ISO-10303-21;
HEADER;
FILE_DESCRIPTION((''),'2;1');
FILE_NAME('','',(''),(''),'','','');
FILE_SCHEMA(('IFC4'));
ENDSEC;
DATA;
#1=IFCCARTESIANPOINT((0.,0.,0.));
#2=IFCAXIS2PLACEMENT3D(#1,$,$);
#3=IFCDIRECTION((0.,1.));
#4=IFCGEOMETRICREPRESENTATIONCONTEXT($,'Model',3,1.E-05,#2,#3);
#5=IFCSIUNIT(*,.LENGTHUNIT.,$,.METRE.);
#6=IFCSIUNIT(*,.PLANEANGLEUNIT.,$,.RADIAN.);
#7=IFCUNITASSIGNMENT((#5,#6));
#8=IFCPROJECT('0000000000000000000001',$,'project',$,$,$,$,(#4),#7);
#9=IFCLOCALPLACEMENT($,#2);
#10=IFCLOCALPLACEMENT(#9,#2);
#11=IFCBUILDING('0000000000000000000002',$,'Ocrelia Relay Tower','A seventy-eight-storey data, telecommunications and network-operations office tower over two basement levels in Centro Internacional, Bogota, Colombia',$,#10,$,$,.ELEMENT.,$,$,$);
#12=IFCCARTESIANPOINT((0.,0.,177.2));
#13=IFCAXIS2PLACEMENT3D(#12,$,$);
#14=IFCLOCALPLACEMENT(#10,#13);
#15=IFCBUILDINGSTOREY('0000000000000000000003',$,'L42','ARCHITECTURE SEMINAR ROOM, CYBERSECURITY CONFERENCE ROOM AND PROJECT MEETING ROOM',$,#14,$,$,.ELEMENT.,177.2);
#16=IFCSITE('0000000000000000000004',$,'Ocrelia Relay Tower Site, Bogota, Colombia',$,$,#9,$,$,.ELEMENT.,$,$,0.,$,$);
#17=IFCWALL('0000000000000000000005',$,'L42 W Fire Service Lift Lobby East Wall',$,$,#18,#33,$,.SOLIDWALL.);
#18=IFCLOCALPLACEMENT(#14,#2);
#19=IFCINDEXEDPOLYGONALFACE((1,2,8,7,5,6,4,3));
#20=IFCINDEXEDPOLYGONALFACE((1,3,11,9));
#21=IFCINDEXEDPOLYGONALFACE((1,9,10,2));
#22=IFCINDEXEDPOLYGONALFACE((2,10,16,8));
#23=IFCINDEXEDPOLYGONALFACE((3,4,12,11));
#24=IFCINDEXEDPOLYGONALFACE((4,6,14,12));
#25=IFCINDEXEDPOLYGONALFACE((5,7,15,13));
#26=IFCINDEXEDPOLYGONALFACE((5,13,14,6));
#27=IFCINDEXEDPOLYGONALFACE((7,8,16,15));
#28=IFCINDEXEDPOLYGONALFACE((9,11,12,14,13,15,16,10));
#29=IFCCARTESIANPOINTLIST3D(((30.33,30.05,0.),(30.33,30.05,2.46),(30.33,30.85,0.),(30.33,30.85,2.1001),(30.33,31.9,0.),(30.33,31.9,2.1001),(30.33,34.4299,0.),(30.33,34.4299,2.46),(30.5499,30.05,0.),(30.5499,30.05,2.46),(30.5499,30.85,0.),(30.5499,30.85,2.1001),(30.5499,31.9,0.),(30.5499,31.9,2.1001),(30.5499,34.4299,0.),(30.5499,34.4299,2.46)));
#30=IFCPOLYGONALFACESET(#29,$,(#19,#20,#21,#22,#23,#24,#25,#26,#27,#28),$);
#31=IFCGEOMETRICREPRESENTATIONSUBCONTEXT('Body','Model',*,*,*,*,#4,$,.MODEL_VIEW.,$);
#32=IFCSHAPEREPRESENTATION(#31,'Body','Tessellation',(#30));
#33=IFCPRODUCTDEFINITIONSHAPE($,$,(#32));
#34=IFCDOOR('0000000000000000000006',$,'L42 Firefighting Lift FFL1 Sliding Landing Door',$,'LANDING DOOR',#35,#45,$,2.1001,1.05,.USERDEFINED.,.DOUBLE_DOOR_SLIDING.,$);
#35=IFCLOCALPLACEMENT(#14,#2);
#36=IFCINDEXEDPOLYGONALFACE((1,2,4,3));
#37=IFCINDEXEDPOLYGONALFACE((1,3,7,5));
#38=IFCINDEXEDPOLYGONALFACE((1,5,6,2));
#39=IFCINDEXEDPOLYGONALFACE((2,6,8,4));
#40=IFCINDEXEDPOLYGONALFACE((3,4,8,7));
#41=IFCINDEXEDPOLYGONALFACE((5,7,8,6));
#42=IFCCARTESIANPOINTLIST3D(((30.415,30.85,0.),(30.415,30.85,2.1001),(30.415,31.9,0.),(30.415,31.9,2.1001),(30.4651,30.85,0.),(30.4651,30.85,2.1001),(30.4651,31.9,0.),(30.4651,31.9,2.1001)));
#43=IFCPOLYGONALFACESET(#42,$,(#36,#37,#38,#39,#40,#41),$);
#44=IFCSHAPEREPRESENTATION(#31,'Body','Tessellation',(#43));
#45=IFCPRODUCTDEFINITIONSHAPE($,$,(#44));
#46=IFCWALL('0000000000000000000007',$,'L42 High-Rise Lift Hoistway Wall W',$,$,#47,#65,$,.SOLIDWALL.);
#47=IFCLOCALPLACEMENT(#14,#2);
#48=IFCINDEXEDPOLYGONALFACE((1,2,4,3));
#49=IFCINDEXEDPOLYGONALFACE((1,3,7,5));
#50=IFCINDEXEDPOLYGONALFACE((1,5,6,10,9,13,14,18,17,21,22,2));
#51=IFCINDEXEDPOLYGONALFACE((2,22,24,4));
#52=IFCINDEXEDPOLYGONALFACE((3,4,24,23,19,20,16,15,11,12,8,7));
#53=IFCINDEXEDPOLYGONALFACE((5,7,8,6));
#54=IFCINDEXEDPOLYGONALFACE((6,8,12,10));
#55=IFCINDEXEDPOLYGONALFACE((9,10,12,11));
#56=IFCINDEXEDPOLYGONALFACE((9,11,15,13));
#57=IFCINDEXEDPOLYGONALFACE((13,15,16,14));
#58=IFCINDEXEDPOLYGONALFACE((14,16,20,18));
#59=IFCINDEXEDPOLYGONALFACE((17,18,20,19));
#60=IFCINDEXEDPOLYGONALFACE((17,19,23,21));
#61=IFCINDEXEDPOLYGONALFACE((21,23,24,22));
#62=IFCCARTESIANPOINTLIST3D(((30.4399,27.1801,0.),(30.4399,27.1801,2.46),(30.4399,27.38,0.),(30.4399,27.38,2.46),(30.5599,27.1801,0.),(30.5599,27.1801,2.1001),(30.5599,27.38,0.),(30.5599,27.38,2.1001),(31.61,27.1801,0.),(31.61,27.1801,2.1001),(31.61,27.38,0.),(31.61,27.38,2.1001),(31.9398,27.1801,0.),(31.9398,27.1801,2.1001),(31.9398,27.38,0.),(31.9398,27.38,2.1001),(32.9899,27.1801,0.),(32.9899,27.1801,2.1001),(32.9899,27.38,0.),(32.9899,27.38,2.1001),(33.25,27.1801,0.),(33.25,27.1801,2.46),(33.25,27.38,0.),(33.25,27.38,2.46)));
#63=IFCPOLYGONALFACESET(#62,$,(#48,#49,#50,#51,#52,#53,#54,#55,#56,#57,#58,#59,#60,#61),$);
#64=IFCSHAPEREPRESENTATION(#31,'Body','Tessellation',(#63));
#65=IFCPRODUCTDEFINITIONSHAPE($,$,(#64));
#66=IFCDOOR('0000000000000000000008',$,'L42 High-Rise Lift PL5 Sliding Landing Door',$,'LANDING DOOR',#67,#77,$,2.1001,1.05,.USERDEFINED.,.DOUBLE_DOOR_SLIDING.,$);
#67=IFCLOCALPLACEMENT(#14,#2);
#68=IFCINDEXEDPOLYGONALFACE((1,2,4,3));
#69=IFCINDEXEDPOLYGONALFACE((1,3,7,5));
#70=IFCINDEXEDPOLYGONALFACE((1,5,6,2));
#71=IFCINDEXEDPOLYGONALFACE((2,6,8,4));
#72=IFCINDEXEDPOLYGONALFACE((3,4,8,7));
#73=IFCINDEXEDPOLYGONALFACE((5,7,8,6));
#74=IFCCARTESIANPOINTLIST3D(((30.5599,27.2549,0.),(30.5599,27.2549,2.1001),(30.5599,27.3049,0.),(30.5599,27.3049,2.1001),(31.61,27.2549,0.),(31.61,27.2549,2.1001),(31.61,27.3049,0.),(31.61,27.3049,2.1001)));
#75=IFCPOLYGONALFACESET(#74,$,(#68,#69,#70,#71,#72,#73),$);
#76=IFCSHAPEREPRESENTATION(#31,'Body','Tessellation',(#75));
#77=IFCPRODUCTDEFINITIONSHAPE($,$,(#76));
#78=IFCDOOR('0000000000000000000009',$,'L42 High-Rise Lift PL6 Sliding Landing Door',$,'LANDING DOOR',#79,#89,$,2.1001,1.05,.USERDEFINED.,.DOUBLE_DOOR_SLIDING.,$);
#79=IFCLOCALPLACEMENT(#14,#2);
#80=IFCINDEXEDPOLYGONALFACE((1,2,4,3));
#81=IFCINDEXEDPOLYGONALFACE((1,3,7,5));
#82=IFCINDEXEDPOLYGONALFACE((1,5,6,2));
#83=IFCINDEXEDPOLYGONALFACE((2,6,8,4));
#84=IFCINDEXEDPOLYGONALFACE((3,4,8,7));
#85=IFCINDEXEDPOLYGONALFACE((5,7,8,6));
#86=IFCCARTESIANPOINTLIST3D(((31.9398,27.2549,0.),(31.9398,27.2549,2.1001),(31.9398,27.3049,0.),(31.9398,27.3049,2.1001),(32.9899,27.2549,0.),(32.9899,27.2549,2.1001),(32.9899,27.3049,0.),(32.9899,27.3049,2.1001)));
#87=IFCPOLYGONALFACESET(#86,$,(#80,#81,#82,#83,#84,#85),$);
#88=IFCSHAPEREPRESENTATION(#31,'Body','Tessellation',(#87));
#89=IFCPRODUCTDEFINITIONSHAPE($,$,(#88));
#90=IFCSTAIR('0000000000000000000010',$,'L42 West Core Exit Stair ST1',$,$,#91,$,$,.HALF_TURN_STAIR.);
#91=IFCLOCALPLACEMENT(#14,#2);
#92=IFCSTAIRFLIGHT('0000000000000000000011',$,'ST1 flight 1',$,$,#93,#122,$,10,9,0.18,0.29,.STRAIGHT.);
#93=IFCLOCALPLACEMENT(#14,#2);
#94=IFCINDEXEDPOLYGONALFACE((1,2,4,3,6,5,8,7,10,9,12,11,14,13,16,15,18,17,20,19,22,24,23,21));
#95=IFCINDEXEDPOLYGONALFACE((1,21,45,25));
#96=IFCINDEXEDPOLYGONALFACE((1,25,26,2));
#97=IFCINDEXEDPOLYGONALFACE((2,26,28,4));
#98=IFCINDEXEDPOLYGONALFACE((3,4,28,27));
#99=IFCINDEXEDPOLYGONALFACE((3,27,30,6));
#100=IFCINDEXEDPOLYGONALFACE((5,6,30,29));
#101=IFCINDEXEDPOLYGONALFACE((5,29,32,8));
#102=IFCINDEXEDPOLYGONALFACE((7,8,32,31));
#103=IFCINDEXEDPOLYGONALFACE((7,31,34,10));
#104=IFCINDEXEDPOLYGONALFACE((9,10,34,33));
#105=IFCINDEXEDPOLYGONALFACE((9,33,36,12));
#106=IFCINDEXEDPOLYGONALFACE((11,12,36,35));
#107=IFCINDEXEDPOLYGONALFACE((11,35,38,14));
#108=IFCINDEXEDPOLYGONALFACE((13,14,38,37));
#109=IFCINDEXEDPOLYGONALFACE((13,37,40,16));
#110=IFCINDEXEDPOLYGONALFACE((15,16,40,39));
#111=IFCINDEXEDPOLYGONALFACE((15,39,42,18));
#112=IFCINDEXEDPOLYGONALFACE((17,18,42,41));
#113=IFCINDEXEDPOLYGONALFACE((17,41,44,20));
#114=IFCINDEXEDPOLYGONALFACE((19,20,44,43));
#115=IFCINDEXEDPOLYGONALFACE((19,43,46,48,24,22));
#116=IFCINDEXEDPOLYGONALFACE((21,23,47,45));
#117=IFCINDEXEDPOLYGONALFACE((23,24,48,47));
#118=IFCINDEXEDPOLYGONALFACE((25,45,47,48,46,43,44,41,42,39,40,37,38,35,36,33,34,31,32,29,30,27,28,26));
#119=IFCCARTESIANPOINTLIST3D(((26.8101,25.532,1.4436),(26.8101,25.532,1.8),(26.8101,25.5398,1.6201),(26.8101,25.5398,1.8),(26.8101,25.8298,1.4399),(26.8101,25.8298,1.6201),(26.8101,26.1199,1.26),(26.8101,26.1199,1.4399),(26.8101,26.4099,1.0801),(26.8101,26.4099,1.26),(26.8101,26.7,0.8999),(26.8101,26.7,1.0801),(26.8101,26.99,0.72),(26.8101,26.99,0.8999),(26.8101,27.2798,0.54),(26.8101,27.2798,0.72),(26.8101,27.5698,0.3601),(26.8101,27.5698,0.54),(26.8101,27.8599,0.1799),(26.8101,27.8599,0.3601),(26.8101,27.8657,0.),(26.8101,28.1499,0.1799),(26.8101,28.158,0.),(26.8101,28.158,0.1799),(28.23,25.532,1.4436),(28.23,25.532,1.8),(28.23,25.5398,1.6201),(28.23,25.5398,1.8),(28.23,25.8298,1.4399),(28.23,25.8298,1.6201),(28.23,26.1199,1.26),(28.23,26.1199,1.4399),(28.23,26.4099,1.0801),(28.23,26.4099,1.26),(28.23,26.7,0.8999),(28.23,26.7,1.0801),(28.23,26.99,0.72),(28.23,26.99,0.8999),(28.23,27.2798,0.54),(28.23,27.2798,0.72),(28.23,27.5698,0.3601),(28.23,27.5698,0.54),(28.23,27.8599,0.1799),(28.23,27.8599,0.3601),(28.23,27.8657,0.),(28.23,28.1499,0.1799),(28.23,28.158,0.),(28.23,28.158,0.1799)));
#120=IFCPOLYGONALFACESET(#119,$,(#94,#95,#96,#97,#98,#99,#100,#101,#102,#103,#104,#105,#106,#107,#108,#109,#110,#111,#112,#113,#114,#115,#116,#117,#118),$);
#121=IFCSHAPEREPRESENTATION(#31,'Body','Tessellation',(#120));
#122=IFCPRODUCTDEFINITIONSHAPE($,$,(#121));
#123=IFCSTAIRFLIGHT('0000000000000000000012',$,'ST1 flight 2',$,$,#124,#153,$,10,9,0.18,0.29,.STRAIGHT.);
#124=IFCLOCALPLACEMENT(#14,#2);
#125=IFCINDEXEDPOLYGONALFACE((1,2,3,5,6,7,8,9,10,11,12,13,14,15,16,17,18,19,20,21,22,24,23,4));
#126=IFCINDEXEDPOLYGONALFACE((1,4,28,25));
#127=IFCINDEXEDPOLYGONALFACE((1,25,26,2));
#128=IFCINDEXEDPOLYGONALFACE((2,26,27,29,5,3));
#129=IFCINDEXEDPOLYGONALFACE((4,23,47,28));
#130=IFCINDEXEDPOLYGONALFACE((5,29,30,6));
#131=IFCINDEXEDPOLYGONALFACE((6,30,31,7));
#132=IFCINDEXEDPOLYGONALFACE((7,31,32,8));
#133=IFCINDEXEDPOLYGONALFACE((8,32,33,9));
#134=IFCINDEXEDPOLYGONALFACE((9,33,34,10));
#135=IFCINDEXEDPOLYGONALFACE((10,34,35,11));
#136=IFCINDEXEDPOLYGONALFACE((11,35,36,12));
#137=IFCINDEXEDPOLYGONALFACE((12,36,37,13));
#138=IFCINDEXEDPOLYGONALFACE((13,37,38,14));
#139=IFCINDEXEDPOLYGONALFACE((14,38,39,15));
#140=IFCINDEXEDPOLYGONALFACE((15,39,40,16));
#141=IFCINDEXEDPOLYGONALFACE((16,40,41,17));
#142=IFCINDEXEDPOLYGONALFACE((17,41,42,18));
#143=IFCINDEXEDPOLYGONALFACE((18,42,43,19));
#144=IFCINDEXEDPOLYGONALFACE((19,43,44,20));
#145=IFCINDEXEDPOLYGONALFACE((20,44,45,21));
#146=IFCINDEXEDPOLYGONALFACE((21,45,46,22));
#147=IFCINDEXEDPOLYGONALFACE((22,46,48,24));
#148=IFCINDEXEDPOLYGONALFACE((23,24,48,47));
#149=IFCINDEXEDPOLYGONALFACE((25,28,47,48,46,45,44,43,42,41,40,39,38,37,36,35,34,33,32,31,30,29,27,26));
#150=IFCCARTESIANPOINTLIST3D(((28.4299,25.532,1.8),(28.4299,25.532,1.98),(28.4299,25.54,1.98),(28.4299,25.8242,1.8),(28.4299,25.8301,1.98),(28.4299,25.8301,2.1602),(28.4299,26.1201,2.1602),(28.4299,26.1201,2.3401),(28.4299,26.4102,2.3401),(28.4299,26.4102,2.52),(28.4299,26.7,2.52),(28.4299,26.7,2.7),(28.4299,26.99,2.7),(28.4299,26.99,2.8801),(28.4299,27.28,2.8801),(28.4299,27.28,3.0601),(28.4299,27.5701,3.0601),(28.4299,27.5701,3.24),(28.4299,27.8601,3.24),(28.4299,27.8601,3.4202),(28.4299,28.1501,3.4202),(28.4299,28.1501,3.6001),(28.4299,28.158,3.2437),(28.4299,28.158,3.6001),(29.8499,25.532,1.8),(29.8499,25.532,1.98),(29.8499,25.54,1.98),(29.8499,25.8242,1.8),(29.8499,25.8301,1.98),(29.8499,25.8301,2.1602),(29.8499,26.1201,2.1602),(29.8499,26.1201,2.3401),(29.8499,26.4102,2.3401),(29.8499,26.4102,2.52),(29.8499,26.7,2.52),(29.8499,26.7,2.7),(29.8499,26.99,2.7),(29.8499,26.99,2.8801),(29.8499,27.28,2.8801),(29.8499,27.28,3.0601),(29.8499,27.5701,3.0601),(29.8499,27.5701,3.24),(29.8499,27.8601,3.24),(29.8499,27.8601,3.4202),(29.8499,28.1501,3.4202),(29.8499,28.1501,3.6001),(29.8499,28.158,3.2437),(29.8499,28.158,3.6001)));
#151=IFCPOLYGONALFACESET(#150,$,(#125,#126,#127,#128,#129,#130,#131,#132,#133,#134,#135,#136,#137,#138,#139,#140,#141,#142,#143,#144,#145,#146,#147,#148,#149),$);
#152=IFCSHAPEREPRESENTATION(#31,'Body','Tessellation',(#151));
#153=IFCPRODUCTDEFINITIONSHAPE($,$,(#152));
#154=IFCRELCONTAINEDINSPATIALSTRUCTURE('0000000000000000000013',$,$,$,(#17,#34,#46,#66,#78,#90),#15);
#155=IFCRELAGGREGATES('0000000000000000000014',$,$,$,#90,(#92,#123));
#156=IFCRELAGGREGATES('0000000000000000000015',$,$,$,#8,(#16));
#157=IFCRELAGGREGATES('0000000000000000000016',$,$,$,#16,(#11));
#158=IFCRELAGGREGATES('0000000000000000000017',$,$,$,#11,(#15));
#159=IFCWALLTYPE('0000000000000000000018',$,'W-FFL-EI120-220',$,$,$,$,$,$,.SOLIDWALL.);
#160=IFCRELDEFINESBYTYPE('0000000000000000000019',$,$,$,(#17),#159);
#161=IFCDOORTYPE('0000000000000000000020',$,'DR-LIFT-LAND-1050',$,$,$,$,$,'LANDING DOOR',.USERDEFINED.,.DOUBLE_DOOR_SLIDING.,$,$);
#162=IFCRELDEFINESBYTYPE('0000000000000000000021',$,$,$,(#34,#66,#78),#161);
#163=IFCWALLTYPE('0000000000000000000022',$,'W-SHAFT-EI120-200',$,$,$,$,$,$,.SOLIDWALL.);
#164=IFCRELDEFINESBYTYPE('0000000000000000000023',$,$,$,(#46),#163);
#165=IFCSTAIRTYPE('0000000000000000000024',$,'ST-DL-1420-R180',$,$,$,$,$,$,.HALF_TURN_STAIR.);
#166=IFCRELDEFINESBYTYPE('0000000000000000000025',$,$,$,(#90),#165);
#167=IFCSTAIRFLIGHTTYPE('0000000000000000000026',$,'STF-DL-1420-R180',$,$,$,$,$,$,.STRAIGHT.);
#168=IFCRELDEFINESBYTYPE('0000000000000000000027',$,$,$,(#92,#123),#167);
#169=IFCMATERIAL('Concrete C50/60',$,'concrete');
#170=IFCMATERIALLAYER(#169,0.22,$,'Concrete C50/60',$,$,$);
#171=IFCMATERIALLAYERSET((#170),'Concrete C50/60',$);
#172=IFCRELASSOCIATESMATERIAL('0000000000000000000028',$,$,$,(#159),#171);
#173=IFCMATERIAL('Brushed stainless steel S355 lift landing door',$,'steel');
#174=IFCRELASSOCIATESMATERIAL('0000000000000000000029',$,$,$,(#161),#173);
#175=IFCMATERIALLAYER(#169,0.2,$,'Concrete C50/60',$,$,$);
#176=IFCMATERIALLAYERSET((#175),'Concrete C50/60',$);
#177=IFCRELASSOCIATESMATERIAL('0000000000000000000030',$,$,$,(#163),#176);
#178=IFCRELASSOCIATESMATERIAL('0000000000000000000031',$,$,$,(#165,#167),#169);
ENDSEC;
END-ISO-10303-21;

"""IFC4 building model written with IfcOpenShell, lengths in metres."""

from ifc_helpers import new_model, si_unit, direction, frame, frame_2d, origin, place, context, subcontext, project, spatial, polyline, rectangle, outline, extrude, material, layer, layer_set, type_object, element, fill, aggregate, save


model = new_model("IFC4")

# Units and contexts
model_context = context("Model", 3, precision=1e-05, world=origin(), true_north=direction((0.0, 1.0)))
body_context = subcontext(model_context, "Body", "Model", "MODEL_VIEW")
ifc_project = project(units=[si_unit("LENGTHUNIT", "METRE"), si_unit("PLANEANGLEUNIT", "RADIAN")], contexts=[model_context])

# Site, building, storey
site_placement = place(None, origin())
site = spatial("IfcSite", under=ifc_project, at=site_placement, Name="Ocrelia Relay Tower Site, Bogota, Colombia", CompositionType="ELEMENT", RefElevation=0.0)
building_placement = place(site_placement, origin())
building = spatial("IfcBuilding", under=site, at=building_placement, Name="Ocrelia Relay Tower", Description="A seventy-eight-storey data, telecommunications and network-operations office tower over two basement levels in Centro Internacional, Bogota, Colombia", CompositionType="ELEMENT")
storey_placement = place(building_placement, frame((0.0, 0.0, 177.2)))
storey = spatial("IfcBuildingStorey", under=building, at=storey_placement, Name="L42", Description="ARCHITECTURE SEMINAR ROOM, CYBERSECURITY CONFERENCE ROOM AND PROJECT MEETING ROOM", CompositionType="ELEMENT", Elevation=177.2)

# Shared definitions
ifc_material_1 = material(Name="Concrete C50/60", Category="concrete")
ifc_layer_1 = layer(ifc_material_1, 0.22, Name="Concrete C50/60")
ifc_layer_set_1 = layer_set([ifc_layer_1], Name="Concrete C50/60")
wall_type_1 = type_object("IfcWallType", Name="W-FFL-EI120-220", PredefinedType="SOLIDWALL", material=ifc_layer_set_1)

# Wall, opening, door
wall_1_placement = place(storey_placement, frame((30.4399, 30.05, 0.0), z_axis=(0.0, 0.0, 1.0), x_axis=(0.0, 1.0, 0.0)))
wall_1 = element("IfcWall", 1, at=wall_1_placement, inside=storey, type_object=wall_type_1, Name="L42 W Fire Service Lift Lobby East Wall", PredefinedType="SOLIDWALL", context=body_context, shape_type="SweptSolid", body=[
    extrude(rectangle(XDim=4.3799, YDim=0.22, at=frame_2d((2.1899, 0.0))), origin(), (0.0, 0.0, 1.0), 2.46),
])
opening_1_placement = place(wall_1_placement, frame((0.8, 0.0, 0.0)))
opening_1 = element("IfcOpeningElement", 2, at=opening_1_placement, cuts=wall_1, PredefinedType="OPENING", context=body_context, shape_type="SweptSolid", body=[
    extrude(rectangle(XDim=1.05, YDim=2.1001, at=frame_2d((0.5249, 1.05))), frame((0.0, 0.1201, 0.0), z_axis=(0.0, -1.0, 0.0), x_axis=(1.0, 0.0, 0.0)), (0.0, 0.0, 1.0), 0.24),
])
ifc_material_2 = material(Name="Brushed stainless steel S355 lift landing door", Category="steel")
door_type_1 = type_object("IfcDoorType", Name="DR-LIFT-LAND-1050", ElementType="LANDING DOOR", OperationType="DOUBLE_DOOR_SLIDING", PredefinedType="USERDEFINED", material=ifc_material_2)
door_1_placement = place(opening_1_placement, origin())
door_1 = element("IfcDoor", 3, at=door_1_placement, inside=storey, type_object=door_type_1, Name="L42 Firefighting Lift FFL1 Sliding Landing Door", ObjectType="LANDING DOOR", OperationType="DOUBLE_DOOR_SLIDING", OverallHeight=2.1001, OverallWidth=1.05, PredefinedType="USERDEFINED", context=body_context, shape_type="SweptSolid", body=[
    extrude(rectangle(XDim=1.05, YDim=2.1001, at=frame_2d((0.5249, 1.05))), frame((0.0, 0.0249, 0.0), z_axis=(0.0, -1.0, 0.0), x_axis=(1.0, 0.0, 0.0)), (0.0, 0.0, 1.0), 0.05),
])
fill(opening_1, door_1)

# Wall, openings, doors
ifc_layer_2 = layer(ifc_material_1, 0.2, Name="Concrete C50/60")
ifc_layer_set_2 = layer_set([ifc_layer_2], Name="Concrete C50/60")
wall_type_2 = type_object("IfcWallType", Name="W-SHAFT-EI120-200", PredefinedType="SOLIDWALL", material=ifc_layer_set_2)
wall_2_placement = place(storey_placement, frame((30.4399, 27.28, 0.0), z_axis=(0.0, 0.0, 1.0), x_axis=(1.0, 0.0, 0.0)))
wall_2 = element("IfcWall", 4, at=wall_2_placement, inside=storey, type_object=wall_type_2, Name="L42 High-Rise Lift Hoistway Wall W", PredefinedType="SOLIDWALL", context=body_context, shape_type="SweptSolid", body=[
    extrude(rectangle(XDim=2.8101, YDim=0.2, at=frame_2d((1.405, 0.0))), origin(), (0.0, 0.0, 1.0), 2.46),
])
opening_2_placement = place(wall_2_placement, frame((0.1201, 0.0, 0.0)))
opening_2 = element("IfcOpeningElement", 5, at=opening_2_placement, cuts=wall_2, PredefinedType="OPENING", context=body_context, shape_type="SweptSolid", body=[
    extrude(rectangle(XDim=1.05, YDim=2.1001, at=frame_2d((0.5249, 1.05))), frame((0.0, 0.1099, 0.0), z_axis=(0.0, -1.0, 0.0), x_axis=(1.0, 0.0, 0.0)), (0.0, 0.0, 1.0), 0.22),
])
opening_3_placement = place(wall_2_placement, frame((1.5, 0.0, 0.0)))
opening_3 = element("IfcOpeningElement", 6, at=opening_3_placement, cuts=wall_2, PredefinedType="OPENING", context=body_context, shape_type="SweptSolid", body=[
    extrude(rectangle(XDim=1.05, YDim=2.1001, at=frame_2d((0.5249, 1.05))), frame((0.0, 0.1099, 0.0), z_axis=(0.0, -1.0, 0.0), x_axis=(1.0, 0.0, 0.0)), (0.0, 0.0, 1.0), 0.22),
])
door_2_placement = place(opening_2_placement, origin())
door_2 = element("IfcDoor", 7, at=door_2_placement, inside=storey, type_object=door_type_1, Name="L42 High-Rise Lift PL5 Sliding Landing Door", ObjectType="LANDING DOOR", OperationType="DOUBLE_DOOR_SLIDING", OverallHeight=2.1001, OverallWidth=1.05, PredefinedType="USERDEFINED", context=body_context, shape_type="SweptSolid", body=[
    extrude(rectangle(XDim=1.05, YDim=2.1001, at=frame_2d((0.5249, 1.05))), frame((0.0, 0.0249, 0.0), z_axis=(0.0, -1.0, 0.0), x_axis=(1.0, 0.0, 0.0)), (0.0, 0.0, 1.0), 0.05),
])
fill(opening_2, door_2)
door_3_placement = place(opening_3_placement, origin())
door_3 = element("IfcDoor", 8, at=door_3_placement, inside=storey, type_object=door_type_1, Name="L42 High-Rise Lift PL6 Sliding Landing Door", ObjectType="LANDING DOOR", OperationType="DOUBLE_DOOR_SLIDING", OverallHeight=2.1001, OverallWidth=1.05, PredefinedType="USERDEFINED", context=body_context, shape_type="SweptSolid", body=[
    extrude(rectangle(XDim=1.05, YDim=2.1001, at=frame_2d((0.5249, 1.05))), frame((0.0, 0.0249, 0.0), z_axis=(0.0, -1.0, 0.0), x_axis=(1.0, 0.0, 0.0)), (0.0, 0.0, 1.0), 0.05),
])
fill(opening_3, door_3)

# Stair, stair flights
stair_type = type_object("IfcStairType", Name="ST-DL-1420-R180", PredefinedType="HALF_TURN_STAIR", material=ifc_material_1)
stair_placement = place(storey_placement, origin())
stair = element("IfcStair", 9, at=stair_placement, inside=storey, type_object=stair_type, Name="L42 West Core Exit Stair ST1", PredefinedType="HALF_TURN_STAIR")
stair_flight_type = type_object("IfcStairFlightType", Name="STF-DL-1420-R180", PredefinedType="STRAIGHT", material=ifc_material_1)
stair_flight_1_placement = place(storey_placement, frame((27.52, 28.1499, 0.0), z_axis=(0.0, 0.0, 1.0), x_axis=(0.0, -1.0, 0.0)))
stair_flight_1 = element("IfcStairFlight", 10, at=stair_flight_1_placement, type_object=stair_flight_type, Name="ST1 flight 1", NumberOfRisers=10, NumberOfTreads=9, PredefinedType="STRAIGHT", RiserHeight=0.18, TreadLength=0.29, context=body_context, shape_type="SweptSolid", body=[
    extrude(outline(polyline([(-0.0081, 0.0), (-0.0081, 0.1799), (0.0, 0.1799), (0.29, 0.1799), (0.29, 0.3601), (0.5801, 0.3601), (0.5801, 0.54), (0.8701, 0.54), (0.8701, 0.72), (1.1599, 0.72), (1.1599, 0.8999), (1.45, 0.8999), (1.45, 1.0801), (1.74, 1.0801), (1.74, 1.26), (2.03, 1.26), (2.03, 1.4399), (2.3201, 1.4399), (2.3201, 1.6201), (2.6101, 1.6201), (2.6101, 1.8), (2.6179, 1.8), (2.6179, 1.4436), (0.2842, 0.0), (-0.0081, 0.0)])), frame((0.0, 0.71, 0.0), z_axis=(0.0, -1.0, 0.0), x_axis=(1.0, 0.0, 0.0)), (0.0, 0.0, 1.0), 1.4199),
])
stair_flight_2_placement = place(storey_placement, frame((29.1399, 25.54, 1.8), z_axis=(0.0, 0.0, 1.0), x_axis=(0.0, 1.0, 0.0)))
stair_flight_2 = element("IfcStairFlight", 11, at=stair_flight_2_placement, type_object=stair_flight_type, Name="ST1 flight 2", NumberOfRisers=10, NumberOfTreads=9, PredefinedType="STRAIGHT", RiserHeight=0.18, TreadLength=0.29, context=body_context, shape_type="SweptSolid", body=[
    extrude(outline(polyline([(-0.0081, 0.0), (-0.0081, 0.1799), (0.0, 0.1799), (0.29, 0.1799), (0.29, 0.3601), (0.5801, 0.3601), (0.5801, 0.54), (0.8701, 0.54), (0.8701, 0.72), (1.1599, 0.72), (1.1599, 0.8999), (1.45, 0.8999), (1.45, 1.0801), (1.74, 1.0801), (1.74, 1.26), (2.03, 1.26), (2.03, 1.4399), (2.3201, 1.4399), (2.3201, 1.6201), (2.6101, 1.6201), (2.6101, 1.8), (2.6179, 1.8), (2.6179, 1.4436), (0.2842, 0.0), (-0.0081, 0.0)])), frame((0.0, 0.71, 0.0), z_axis=(0.0, -1.0, 0.0), x_axis=(1.0, 0.0, 0.0)), (0.0, 0.0, 1.0), 1.4199),
])
aggregate(stair, [stair_flight_1, stair_flight_2])

save(model, "model.ifc")
